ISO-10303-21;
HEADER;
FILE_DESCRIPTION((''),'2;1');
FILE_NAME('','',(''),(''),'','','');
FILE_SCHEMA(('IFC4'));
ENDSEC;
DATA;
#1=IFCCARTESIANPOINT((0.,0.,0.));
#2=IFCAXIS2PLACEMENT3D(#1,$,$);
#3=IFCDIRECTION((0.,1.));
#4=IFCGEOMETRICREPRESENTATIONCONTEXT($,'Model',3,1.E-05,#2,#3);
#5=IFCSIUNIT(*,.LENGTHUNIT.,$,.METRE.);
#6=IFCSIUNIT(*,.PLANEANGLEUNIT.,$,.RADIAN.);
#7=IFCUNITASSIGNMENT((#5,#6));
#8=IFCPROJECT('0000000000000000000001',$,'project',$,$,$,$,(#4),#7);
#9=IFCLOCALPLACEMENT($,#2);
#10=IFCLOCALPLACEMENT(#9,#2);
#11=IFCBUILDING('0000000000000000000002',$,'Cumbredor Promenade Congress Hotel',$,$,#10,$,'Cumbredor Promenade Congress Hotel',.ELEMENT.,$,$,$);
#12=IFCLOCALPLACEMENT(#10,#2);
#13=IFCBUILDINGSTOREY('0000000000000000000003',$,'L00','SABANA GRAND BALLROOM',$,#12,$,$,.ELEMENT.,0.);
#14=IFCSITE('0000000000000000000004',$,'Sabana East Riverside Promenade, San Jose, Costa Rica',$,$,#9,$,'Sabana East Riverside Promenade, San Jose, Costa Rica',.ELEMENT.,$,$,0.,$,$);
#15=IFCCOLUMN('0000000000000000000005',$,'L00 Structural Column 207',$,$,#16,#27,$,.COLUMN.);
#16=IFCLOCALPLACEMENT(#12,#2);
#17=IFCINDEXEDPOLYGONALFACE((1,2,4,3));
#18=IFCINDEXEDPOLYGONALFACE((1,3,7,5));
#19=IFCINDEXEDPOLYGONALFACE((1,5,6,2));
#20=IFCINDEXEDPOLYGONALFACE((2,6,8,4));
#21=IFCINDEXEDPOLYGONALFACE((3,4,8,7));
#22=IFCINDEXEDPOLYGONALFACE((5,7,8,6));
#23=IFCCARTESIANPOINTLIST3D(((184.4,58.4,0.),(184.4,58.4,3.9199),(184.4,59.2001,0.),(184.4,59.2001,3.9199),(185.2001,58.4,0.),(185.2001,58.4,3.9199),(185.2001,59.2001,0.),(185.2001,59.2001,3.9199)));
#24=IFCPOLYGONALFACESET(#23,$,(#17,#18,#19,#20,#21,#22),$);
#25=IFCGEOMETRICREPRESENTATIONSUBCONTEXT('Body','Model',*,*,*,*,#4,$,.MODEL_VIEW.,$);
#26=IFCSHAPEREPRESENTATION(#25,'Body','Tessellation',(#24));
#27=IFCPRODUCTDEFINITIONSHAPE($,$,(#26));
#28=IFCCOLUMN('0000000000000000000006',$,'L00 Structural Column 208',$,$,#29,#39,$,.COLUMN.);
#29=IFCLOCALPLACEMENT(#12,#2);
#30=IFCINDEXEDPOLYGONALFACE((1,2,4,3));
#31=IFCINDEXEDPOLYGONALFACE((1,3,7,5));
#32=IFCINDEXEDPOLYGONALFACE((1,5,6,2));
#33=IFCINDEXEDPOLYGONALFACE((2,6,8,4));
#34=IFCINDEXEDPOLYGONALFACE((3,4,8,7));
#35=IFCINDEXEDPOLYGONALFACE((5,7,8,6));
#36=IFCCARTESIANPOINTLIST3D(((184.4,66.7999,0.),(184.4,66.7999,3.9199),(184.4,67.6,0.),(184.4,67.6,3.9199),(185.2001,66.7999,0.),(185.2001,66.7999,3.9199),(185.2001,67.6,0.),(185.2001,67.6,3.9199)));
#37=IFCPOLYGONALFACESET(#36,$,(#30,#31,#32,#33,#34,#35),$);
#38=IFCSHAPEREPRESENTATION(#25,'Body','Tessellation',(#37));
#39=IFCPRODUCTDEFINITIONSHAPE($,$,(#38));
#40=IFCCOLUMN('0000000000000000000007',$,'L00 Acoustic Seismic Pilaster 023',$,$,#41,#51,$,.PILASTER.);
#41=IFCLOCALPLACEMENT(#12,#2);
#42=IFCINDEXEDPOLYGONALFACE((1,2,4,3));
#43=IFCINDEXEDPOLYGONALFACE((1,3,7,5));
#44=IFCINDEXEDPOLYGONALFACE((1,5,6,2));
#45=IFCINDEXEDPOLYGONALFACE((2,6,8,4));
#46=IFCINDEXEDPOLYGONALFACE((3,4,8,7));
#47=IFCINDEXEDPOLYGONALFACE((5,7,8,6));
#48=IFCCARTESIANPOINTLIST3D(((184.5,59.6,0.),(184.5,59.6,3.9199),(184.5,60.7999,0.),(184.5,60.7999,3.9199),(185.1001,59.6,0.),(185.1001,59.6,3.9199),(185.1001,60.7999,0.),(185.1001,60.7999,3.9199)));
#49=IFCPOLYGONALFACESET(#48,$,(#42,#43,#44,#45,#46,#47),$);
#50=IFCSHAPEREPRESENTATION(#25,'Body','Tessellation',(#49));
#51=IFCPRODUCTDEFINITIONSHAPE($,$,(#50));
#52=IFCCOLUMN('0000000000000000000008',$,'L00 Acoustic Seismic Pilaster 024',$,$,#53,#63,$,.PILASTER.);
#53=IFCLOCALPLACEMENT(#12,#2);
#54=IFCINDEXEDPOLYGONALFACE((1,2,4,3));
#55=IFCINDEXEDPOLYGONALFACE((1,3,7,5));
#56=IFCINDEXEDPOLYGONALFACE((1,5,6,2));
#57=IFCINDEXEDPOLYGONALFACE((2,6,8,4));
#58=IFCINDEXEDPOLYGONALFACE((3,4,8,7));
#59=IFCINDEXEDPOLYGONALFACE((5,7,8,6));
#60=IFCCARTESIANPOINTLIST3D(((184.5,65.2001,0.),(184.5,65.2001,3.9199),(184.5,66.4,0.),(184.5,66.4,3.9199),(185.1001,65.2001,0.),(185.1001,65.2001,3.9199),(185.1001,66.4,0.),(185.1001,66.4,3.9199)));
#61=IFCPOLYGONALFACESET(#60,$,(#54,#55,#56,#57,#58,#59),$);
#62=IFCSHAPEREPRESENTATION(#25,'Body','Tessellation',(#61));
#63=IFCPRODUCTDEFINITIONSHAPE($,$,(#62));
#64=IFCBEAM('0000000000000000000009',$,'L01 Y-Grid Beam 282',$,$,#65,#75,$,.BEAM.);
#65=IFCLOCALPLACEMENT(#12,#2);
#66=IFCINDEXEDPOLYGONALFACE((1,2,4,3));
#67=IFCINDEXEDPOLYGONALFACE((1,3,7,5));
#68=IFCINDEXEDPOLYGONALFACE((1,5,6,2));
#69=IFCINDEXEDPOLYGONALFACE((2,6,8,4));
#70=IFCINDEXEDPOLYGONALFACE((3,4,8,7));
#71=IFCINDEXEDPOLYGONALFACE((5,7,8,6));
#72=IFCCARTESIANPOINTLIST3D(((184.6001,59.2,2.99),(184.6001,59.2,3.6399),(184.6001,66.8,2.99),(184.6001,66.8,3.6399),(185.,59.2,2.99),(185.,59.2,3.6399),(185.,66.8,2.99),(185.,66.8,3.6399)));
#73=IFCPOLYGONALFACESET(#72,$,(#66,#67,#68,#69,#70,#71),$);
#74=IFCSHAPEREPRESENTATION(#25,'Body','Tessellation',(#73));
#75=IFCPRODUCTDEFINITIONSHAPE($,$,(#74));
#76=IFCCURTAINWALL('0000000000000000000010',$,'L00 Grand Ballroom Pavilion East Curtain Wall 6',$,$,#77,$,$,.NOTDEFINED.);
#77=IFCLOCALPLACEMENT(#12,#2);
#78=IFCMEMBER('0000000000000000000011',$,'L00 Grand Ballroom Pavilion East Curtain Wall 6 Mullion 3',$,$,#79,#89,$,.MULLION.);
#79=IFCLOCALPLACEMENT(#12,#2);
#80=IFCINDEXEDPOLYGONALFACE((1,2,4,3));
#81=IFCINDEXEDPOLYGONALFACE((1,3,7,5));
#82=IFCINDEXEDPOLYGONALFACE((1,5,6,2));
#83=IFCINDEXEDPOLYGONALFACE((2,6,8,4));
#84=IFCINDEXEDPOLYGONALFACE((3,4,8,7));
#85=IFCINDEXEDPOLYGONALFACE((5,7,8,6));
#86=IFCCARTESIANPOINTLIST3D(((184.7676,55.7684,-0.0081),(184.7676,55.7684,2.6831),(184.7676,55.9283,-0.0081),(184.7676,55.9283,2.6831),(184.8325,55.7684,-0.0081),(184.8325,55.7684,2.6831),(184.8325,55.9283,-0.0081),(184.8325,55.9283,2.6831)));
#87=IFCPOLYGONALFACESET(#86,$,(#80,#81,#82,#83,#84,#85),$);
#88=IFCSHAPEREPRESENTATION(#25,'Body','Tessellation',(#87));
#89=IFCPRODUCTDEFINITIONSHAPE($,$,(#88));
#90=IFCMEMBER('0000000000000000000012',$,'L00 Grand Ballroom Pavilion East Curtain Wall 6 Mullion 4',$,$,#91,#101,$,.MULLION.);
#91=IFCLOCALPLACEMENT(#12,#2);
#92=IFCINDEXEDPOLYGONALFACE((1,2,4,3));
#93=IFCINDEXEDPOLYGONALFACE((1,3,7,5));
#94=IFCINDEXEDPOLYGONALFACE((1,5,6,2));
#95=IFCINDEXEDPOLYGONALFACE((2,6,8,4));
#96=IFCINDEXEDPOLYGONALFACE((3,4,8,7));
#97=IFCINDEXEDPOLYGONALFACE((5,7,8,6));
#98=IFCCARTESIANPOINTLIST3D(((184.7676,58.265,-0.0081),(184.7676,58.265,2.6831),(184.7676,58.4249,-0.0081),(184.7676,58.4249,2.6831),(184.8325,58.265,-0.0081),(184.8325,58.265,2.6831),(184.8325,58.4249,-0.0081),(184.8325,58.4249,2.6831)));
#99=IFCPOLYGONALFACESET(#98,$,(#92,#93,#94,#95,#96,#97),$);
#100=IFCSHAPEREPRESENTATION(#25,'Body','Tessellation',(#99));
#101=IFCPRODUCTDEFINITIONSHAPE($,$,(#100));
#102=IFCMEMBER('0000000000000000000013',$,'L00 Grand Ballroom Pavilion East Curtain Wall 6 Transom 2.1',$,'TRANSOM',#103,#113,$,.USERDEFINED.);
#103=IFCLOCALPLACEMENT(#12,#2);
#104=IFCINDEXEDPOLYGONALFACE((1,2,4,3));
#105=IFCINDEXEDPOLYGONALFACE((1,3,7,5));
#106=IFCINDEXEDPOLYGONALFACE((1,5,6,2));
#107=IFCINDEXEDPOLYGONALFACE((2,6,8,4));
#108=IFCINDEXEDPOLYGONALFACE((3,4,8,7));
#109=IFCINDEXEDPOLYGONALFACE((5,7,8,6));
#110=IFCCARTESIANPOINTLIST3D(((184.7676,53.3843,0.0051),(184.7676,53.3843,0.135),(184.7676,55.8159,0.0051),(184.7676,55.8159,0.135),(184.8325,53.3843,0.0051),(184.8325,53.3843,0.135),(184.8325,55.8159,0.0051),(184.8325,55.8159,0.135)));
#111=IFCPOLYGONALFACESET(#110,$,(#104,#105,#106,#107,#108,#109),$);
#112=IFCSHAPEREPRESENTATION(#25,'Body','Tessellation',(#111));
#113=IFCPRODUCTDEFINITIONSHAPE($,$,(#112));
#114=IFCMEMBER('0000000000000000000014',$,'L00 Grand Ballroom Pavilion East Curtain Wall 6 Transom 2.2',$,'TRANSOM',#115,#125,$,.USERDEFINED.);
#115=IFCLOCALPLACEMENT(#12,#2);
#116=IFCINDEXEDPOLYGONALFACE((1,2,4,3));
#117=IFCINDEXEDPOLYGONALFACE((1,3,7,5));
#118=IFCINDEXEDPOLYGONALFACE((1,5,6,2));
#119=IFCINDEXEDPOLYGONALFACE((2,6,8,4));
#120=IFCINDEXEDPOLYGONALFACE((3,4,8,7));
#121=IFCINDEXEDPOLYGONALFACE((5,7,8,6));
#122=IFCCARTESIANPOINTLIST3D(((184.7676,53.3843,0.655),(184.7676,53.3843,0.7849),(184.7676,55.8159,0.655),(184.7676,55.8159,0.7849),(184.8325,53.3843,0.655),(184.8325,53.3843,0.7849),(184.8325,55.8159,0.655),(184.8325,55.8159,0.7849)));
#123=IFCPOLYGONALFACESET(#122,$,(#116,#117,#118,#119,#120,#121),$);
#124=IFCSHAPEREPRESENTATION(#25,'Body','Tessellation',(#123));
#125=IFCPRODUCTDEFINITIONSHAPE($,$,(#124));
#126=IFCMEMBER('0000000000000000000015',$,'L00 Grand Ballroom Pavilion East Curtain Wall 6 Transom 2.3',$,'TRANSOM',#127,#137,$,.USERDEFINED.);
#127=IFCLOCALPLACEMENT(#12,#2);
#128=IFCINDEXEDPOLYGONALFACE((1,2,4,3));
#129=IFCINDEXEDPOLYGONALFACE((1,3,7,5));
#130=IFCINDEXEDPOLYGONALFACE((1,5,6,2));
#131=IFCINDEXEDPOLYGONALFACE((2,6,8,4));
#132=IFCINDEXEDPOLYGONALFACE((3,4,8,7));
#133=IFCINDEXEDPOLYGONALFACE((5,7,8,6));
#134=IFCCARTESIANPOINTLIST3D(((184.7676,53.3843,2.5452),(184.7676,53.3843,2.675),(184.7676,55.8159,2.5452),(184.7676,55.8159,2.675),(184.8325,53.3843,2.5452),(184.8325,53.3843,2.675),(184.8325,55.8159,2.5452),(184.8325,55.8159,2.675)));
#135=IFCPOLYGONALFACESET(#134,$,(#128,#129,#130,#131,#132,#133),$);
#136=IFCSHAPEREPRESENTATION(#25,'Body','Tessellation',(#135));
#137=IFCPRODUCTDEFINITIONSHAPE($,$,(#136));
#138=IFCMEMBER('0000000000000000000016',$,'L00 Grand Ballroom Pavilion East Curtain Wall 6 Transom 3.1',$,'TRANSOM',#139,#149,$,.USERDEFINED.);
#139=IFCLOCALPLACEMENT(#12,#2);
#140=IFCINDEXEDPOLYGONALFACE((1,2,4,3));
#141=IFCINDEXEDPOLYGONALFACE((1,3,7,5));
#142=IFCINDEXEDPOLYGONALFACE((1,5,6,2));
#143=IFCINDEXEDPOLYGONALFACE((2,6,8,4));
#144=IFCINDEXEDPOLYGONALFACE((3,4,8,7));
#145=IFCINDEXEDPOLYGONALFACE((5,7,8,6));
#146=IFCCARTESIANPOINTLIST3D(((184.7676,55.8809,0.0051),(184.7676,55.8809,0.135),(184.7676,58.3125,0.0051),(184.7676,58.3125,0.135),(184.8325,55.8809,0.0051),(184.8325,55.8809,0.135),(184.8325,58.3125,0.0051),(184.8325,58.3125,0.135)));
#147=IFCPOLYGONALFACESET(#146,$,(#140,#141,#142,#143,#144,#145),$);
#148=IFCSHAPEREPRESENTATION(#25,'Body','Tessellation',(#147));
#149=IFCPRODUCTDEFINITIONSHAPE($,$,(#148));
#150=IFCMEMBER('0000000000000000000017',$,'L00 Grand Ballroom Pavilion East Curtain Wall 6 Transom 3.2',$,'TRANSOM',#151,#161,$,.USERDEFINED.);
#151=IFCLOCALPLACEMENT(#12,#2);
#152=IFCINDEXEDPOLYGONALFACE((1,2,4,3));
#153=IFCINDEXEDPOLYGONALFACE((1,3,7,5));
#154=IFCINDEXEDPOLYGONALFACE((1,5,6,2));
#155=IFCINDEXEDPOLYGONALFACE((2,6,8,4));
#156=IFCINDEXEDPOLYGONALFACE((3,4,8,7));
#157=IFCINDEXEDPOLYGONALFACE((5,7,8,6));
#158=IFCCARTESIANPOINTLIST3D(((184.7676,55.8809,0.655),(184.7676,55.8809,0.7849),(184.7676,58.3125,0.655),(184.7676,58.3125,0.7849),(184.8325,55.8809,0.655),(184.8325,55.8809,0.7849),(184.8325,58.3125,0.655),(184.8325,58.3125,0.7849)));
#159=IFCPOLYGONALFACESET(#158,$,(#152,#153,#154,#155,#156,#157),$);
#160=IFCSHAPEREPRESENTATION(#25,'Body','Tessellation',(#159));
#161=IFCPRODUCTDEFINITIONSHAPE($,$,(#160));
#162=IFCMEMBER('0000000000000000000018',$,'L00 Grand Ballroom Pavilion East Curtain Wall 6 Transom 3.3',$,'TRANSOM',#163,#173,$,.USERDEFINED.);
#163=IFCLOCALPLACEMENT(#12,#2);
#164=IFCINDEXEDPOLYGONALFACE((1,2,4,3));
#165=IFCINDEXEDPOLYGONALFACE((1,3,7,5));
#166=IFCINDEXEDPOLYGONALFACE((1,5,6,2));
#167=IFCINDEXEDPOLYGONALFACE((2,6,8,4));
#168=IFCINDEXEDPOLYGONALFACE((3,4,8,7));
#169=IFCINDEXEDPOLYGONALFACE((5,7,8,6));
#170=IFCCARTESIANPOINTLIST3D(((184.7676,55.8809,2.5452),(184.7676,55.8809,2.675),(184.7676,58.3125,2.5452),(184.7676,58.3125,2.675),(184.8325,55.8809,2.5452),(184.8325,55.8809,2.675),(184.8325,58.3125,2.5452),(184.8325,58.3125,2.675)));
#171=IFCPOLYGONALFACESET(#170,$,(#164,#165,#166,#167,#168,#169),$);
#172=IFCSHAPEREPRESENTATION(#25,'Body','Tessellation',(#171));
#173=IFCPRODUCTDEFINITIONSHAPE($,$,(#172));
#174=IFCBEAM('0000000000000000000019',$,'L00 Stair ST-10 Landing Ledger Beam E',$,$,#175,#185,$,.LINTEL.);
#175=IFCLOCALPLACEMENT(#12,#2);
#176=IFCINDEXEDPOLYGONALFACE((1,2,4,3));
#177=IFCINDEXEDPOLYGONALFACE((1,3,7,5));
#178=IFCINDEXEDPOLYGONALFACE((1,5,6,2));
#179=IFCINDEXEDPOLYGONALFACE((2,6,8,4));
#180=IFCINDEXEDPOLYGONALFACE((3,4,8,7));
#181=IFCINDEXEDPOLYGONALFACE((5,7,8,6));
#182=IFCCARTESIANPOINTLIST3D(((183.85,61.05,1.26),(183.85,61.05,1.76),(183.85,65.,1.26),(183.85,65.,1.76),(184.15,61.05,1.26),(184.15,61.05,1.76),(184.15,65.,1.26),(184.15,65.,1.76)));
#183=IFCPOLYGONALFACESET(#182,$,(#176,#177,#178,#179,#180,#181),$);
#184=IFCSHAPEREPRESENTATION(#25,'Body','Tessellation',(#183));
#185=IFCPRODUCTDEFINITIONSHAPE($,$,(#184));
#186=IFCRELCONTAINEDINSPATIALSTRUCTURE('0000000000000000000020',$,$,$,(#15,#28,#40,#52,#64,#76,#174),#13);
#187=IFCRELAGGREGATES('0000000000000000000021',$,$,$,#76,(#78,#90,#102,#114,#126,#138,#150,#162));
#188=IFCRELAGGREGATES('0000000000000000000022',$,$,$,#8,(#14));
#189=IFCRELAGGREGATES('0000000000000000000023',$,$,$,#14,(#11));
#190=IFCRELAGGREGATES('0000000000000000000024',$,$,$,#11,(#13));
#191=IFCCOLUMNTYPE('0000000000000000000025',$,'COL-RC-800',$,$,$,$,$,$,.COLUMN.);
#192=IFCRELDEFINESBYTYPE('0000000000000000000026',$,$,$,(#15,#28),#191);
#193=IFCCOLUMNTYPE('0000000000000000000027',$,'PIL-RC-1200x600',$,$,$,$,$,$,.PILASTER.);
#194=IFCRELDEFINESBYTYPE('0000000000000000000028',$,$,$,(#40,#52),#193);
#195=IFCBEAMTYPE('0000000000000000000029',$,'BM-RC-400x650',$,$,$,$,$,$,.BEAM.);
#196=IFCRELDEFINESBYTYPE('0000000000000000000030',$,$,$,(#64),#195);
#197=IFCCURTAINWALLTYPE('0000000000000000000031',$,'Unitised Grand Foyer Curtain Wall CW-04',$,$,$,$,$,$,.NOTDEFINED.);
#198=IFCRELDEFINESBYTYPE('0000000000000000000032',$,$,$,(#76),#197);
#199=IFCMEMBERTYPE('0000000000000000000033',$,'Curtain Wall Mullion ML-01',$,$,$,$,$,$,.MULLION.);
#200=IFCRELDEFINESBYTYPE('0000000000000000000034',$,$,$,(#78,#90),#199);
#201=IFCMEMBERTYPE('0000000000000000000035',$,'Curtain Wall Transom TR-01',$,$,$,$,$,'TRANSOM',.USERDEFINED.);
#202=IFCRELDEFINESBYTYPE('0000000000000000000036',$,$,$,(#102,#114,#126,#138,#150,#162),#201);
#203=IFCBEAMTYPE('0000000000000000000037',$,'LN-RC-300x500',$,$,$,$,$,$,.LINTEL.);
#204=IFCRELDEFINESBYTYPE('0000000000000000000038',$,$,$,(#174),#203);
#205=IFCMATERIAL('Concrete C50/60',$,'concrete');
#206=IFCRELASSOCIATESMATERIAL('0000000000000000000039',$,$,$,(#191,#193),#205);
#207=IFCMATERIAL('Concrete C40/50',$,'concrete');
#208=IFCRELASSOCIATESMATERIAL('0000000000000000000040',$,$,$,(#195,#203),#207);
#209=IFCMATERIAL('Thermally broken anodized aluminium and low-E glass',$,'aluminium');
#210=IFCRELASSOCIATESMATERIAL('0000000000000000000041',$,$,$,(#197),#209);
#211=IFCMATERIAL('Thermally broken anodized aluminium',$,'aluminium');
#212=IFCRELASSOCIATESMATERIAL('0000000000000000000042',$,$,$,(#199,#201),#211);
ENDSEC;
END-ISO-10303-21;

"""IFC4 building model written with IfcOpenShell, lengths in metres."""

from ifc_helpers import new_model, si_unit, direction, frame, origin, origin_2d, place, context, subcontext, project, spatial, rectangle, extrude, material, material_profile, profile_set, type_object, element, aggregate, save


model = new_model("IFC4")

# Units and contexts
model_context = context("Model", 3, precision=1e-05, world=origin(), true_north=direction((0.0, 1.0)))
body_context = subcontext(model_context, "Body", "Model", "MODEL_VIEW")
ifc_project = project(units=[si_unit("LENGTHUNIT", "METRE"), si_unit("PLANEANGLEUNIT", "RADIAN")], contexts=[model_context])

# Site, building, storey
site_placement = place(None, origin())
site = spatial("IfcSite", under=ifc_project, at=site_placement, Name="Sabana East Riverside Promenade, San Jose, Costa Rica", LongName="Sabana East Riverside Promenade, San Jose, Costa Rica", CompositionType="ELEMENT", RefElevation=0.0)
building_placement = place(site_placement, origin())
building = spatial("IfcBuilding", under=site, at=building_placement, Name="Cumbredor Promenade Congress Hotel", LongName="Cumbredor Promenade Congress Hotel", CompositionType="ELEMENT")
storey_placement = place(building_placement, origin())
storey = spatial("IfcBuildingStorey", under=building, at=storey_placement, Name="L00", Description="SABANA GRAND BALLROOM", CompositionType="ELEMENT", Elevation=0.0)

# Columns
ifc_material_1 = material(Name="Concrete C50/60", Category="concrete")
ifc_material_profile_1 = material_profile(ifc_material_1, rectangle(XDim=0.8, YDim=0.8, at=origin_2d()), Name="RC 800x800")
ifc_profile_set_1 = profile_set([ifc_material_profile_1], Name="Concrete C50/60")
column_type_1 = type_object("IfcColumnType", Name="COL-RC-800", PredefinedType="COLUMN", material=ifc_profile_set_1)
for number, where, z_axis, x_axis, name in (
    (1, (184.8, 58.8, 0.0), (0.0, 0.0, 1.0), (1.0, 0.0, 0.0), "L00 Structural Column 207"),
    (2, (184.8, 67.2, 0.0), (0.0, 0.0, 1.0), (1.0, 0.0, 0.0), "L00 Structural Column 208"),
):
    element("IfcColumn", number, at=place(storey_placement, frame(where, z_axis=z_axis, x_axis=x_axis)), inside=storey, type_object=column_type_1, Name=name, PredefinedType="COLUMN", context=body_context, shape_type="SweptSolid", body=[
        extrude(rectangle(XDim=0.8, YDim=0.8, at=origin_2d()), origin(), (0.0, 0.0, 1.0), 3.9199),
    ])
ifc_material_profile_2 = material_profile(ifc_material_1, rectangle(XDim=0.6001, YDim=1.2, at=origin_2d()), Name="RC PILASTER 1200x600")
ifc_profile_set_2 = profile_set([ifc_material_profile_2], Name="Concrete C50/60")
column_type_2 = type_object("IfcColumnType", Name="PIL-RC-1200x600", PredefinedType="PILASTER", material=ifc_profile_set_2)
for number, where, z_axis, x_axis, name in (
    (3, (184.8, 60.2, 0.0), (0.0, 0.0, 1.0), (1.0, 0.0, 0.0), "L00 Acoustic Seismic Pilaster 023"),
    (4, (184.8, 65.8, 0.0), (0.0, 0.0, 1.0), (1.0, 0.0, 0.0), "L00 Acoustic Seismic Pilaster 024"),
):
    element("IfcColumn", number, at=place(storey_placement, frame(where, z_axis=z_axis, x_axis=x_axis)), inside=storey, type_object=column_type_2, Name=name, PredefinedType="PILASTER", context=body_context, shape_type="SweptSolid", body=[
        extrude(rectangle(XDim=0.6001, YDim=1.2, at=origin_2d()), origin(), (0.0, 0.0, 1.0), 3.9199),
    ])

# Beam
ifc_material_2 = material(Name="Concrete C40/50", Category="concrete")
ifc_material_profile_3 = material_profile(ifc_material_2, rectangle(XDim=0.3999, YDim=0.6499, at=origin_2d()), Name="RC BEAM 400x650")
ifc_profile_set_3 = profile_set([ifc_material_profile_3], Name="Concrete C40/50")
beam_type_1 = type_object("IfcBeamType", Name="BM-RC-400x650", PredefinedType="BEAM", material=ifc_profile_set_3)
beam_placement = place(storey_placement, frame((184.8, 59.2, 3.3149), z_axis=(0.0, 1.0, 0.0), x_axis=(-1.0, 0.0, 0.0)))
element("IfcBeam", 5, at=beam_placement, inside=storey, type_object=beam_type_1, Name="L01 Y-Grid Beam 282", PredefinedType="BEAM", context=body_context, shape_type="SweptSolid", body=[
    extrude(rectangle(XDim=0.3999, YDim=0.6499, at=origin_2d()), origin(), (0.0, 0.0, 1.0), 7.6001),
])

# Curtain wall, members
ifc_material_3 = material(Name="Thermally broken anodized aluminium and low-E glass", Category="aluminium")
curtain_wall_type = type_object("IfcCurtainWallType", Name="Unitised Grand Foyer Curtain Wall CW-04", PredefinedType="NOTDEFINED", material=ifc_material_3)
curtain_wall_placement = place(storey_placement, origin())
curtain_wall = element("IfcCurtainWall", 6, at=curtain_wall_placement, inside=storey, type_object=curtain_wall_type, Name="L00 Grand Ballroom Pavilion East Curtain Wall 6", PredefinedType="NOTDEFINED")
ifc_material_4 = material(Name="Thermally broken anodized aluminium", Category="aluminium")
ifc_material_profile_4 = material_profile(ifc_material_4, rectangle(XDim=0.0649, YDim=0.1599, at=origin_2d()), Name="ALU MULLION 65x160")
ifc_profile_set_4 = profile_set([ifc_material_profile_4], Name="Thermally broken anodized aluminium")
member_type_1 = type_object("IfcMemberType", Name="Curtain Wall Mullion ML-01", PredefinedType="MULLION", material=ifc_profile_set_4)
member_1_placement = place(storey_placement, frame((184.8, 55.8484, -0.0081), z_axis=(0.0, 0.0, 1.0), x_axis=(1.0, 0.0, 0.0)))
member_1 = element("IfcMember", 7, at=member_1_placement, type_object=member_type_1, Name="L00 Grand Ballroom Pavilion East Curtain Wall 6 Mullion 3", PredefinedType="MULLION", context=body_context, shape_type="SweptSolid", body=[
    extrude(rectangle(XDim=0.0649, YDim=0.1599, at=origin_2d()), origin(), (0.0, 0.0, 1.0), 2.6912),
])
member_2_placement = place(storey_placement, frame((184.8, 58.345, -0.0081), z_axis=(0.0, 0.0, 1.0), x_axis=(1.0, 0.0, 0.0)))
member_2 = element("IfcMember", 8, at=member_2_placement, type_object=member_type_1, Name="L00 Grand Ballroom Pavilion East Curtain Wall 6 Mullion 4", PredefinedType="MULLION", context=body_context, shape_type="SweptSolid", body=[
    extrude(rectangle(XDim=0.0649, YDim=0.1599, at=origin_2d()), origin(), (0.0, 0.0, 1.0), 2.6912),
])
ifc_material_profile_5 = material_profile(ifc_material_4, rectangle(XDim=0.0649, YDim=0.1299, at=origin_2d()), Name="ALU TRANSOM 65x130")
ifc_profile_set_5 = profile_set([ifc_material_profile_5], Name="Thermally broken anodized aluminium")
member_type_2 = type_object("IfcMemberType", Name="Curtain Wall Transom TR-01", ElementType="TRANSOM", PredefinedType="USERDEFINED", material=ifc_profile_set_5)
member_3_placement = place(storey_placement, frame((184.8, 53.3843, 0.0701), z_axis=(0.0, 1.0, 0.0), x_axis=(-1.0, 0.0, 0.0)))
member_3 = element("IfcMember", 9, at=member_3_placement, type_object=member_type_2, Name="L00 Grand Ballroom Pavilion East Curtain Wall 6 Transom 2.1", ObjectType="TRANSOM", PredefinedType="USERDEFINED", context=body_context, shape_type="SweptSolid", body=[
    extrude(rectangle(XDim=0.0649, YDim=0.1299, at=origin_2d()), origin(), (0.0, 0.0, 1.0), 2.4316),
])
member_4_placement = place(storey_placement, frame((184.8, 53.3843, 0.72), z_axis=(0.0, 1.0, 0.0), x_axis=(-1.0, 0.0, 0.0)))
member_4 = element("IfcMember", 10, at=member_4_placement, type_object=member_type_2, Name="L00 Grand Ballroom Pavilion East Curtain Wall 6 Transom 2.2", ObjectType="TRANSOM", PredefinedType="USERDEFINED", context=body_context, shape_type="SweptSolid", body=[
    extrude(rectangle(XDim=0.0649, YDim=0.1299, at=origin_2d()), origin(), (0.0, 0.0, 1.0), 2.4316),
])
member_5_placement = place(storey_placement, frame((184.8, 53.3843, 2.6101), z_axis=(0.0, 1.0, 0.0), x_axis=(-1.0, 0.0, 0.0)))
member_5 = element("IfcMember", 11, at=member_5_placement, type_object=member_type_2, Name="L00 Grand Ballroom Pavilion East Curtain Wall 6 Transom 2.3", ObjectType="TRANSOM", PredefinedType="USERDEFINED", context=body_context, shape_type="SweptSolid", body=[
    extrude(rectangle(XDim=0.0649, YDim=0.1299, at=origin_2d()), origin(), (0.0, 0.0, 1.0), 2.4316),
])
member_6_placement = place(storey_placement, frame((184.8, 55.8809, 0.0701), z_axis=(0.0, 1.0, 0.0), x_axis=(-1.0, 0.0, 0.0)))
member_6 = element("IfcMember", 12, at=member_6_placement, type_object=member_type_2, Name="L00 Grand Ballroom Pavilion East Curtain Wall 6 Transom 3.1", ObjectType="TRANSOM", PredefinedType="USERDEFINED", context=body_context, shape_type="SweptSolid", body=[
    extrude(rectangle(XDim=0.0649, YDim=0.1299, at=origin_2d()), origin(), (0.0, 0.0, 1.0), 2.4316),
])
member_7_placement = place(storey_placement, frame((184.8, 55.8809, 0.72), z_axis=(0.0, 1.0, 0.0), x_axis=(-1.0, 0.0, 0.0)))
member_7 = element("IfcMember", 13, at=member_7_placement, type_object=member_type_2, Name="L00 Grand Ballroom Pavilion East Curtain Wall 6 Transom 3.2", ObjectType="TRANSOM", PredefinedType="USERDEFINED", context=body_context, shape_type="SweptSolid", body=[
    extrude(rectangle(XDim=0.0649, YDim=0.1299, at=origin_2d()), origin(), (0.0, 0.0, 1.0), 2.4316),
])
member_8_placement = place(storey_placement, frame((184.8, 55.8809, 2.6101), z_axis=(0.0, 1.0, 0.0), x_axis=(-1.0, 0.0, 0.0)))
member_8 = element("IfcMember", 14, at=member_8_placement, type_object=member_type_2, Name="L00 Grand Ballroom Pavilion East Curtain Wall 6 Transom 3.3", ObjectType="TRANSOM", PredefinedType="USERDEFINED", context=body_context, shape_type="SweptSolid", body=[
    extrude(rectangle(XDim=0.0649, YDim=0.1299, at=origin_2d()), origin(), (0.0, 0.0, 1.0), 2.4316),
])

# Beam
ifc_material_profile_6 = material_profile(ifc_material_2, rectangle(XDim=0.3, YDim=0.5, at=origin_2d()), Name="RC LINTEL 300x500")
ifc_profile_set_6 = profile_set([ifc_material_profile_6], Name="Concrete C40/50")
beam_type_2 = type_object("IfcBeamType", Name="LN-RC-300x500", PredefinedType="LINTEL", material=ifc_profile_set_6)
for number, where, z_axis, x_axis, name in (
    (15, (184.0, 61.05, 1.51), (0.0, 1.0, 0.0), (-1.0, 0.0, 0.0), "L00 Stair ST-10 Landing Ledger Beam E"),
):
    element("IfcBeam", number, at=place(storey_placement, frame(where, z_axis=z_axis, x_axis=x_axis)), inside=storey, type_object=beam_type_2, Name=name, PredefinedType="LINTEL", context=body_context, shape_type="SweptSolid", body=[
        extrude(rectangle(XDim=0.3, YDim=0.5, at=origin_2d()), origin(), (0.0, 0.0, 1.0), 3.95),
    ])

aggregate(curtain_wall, [member_1, member_2, member_3, member_4, member_5, member_6, member_7, member_8])

save(model, "model.ifc")
